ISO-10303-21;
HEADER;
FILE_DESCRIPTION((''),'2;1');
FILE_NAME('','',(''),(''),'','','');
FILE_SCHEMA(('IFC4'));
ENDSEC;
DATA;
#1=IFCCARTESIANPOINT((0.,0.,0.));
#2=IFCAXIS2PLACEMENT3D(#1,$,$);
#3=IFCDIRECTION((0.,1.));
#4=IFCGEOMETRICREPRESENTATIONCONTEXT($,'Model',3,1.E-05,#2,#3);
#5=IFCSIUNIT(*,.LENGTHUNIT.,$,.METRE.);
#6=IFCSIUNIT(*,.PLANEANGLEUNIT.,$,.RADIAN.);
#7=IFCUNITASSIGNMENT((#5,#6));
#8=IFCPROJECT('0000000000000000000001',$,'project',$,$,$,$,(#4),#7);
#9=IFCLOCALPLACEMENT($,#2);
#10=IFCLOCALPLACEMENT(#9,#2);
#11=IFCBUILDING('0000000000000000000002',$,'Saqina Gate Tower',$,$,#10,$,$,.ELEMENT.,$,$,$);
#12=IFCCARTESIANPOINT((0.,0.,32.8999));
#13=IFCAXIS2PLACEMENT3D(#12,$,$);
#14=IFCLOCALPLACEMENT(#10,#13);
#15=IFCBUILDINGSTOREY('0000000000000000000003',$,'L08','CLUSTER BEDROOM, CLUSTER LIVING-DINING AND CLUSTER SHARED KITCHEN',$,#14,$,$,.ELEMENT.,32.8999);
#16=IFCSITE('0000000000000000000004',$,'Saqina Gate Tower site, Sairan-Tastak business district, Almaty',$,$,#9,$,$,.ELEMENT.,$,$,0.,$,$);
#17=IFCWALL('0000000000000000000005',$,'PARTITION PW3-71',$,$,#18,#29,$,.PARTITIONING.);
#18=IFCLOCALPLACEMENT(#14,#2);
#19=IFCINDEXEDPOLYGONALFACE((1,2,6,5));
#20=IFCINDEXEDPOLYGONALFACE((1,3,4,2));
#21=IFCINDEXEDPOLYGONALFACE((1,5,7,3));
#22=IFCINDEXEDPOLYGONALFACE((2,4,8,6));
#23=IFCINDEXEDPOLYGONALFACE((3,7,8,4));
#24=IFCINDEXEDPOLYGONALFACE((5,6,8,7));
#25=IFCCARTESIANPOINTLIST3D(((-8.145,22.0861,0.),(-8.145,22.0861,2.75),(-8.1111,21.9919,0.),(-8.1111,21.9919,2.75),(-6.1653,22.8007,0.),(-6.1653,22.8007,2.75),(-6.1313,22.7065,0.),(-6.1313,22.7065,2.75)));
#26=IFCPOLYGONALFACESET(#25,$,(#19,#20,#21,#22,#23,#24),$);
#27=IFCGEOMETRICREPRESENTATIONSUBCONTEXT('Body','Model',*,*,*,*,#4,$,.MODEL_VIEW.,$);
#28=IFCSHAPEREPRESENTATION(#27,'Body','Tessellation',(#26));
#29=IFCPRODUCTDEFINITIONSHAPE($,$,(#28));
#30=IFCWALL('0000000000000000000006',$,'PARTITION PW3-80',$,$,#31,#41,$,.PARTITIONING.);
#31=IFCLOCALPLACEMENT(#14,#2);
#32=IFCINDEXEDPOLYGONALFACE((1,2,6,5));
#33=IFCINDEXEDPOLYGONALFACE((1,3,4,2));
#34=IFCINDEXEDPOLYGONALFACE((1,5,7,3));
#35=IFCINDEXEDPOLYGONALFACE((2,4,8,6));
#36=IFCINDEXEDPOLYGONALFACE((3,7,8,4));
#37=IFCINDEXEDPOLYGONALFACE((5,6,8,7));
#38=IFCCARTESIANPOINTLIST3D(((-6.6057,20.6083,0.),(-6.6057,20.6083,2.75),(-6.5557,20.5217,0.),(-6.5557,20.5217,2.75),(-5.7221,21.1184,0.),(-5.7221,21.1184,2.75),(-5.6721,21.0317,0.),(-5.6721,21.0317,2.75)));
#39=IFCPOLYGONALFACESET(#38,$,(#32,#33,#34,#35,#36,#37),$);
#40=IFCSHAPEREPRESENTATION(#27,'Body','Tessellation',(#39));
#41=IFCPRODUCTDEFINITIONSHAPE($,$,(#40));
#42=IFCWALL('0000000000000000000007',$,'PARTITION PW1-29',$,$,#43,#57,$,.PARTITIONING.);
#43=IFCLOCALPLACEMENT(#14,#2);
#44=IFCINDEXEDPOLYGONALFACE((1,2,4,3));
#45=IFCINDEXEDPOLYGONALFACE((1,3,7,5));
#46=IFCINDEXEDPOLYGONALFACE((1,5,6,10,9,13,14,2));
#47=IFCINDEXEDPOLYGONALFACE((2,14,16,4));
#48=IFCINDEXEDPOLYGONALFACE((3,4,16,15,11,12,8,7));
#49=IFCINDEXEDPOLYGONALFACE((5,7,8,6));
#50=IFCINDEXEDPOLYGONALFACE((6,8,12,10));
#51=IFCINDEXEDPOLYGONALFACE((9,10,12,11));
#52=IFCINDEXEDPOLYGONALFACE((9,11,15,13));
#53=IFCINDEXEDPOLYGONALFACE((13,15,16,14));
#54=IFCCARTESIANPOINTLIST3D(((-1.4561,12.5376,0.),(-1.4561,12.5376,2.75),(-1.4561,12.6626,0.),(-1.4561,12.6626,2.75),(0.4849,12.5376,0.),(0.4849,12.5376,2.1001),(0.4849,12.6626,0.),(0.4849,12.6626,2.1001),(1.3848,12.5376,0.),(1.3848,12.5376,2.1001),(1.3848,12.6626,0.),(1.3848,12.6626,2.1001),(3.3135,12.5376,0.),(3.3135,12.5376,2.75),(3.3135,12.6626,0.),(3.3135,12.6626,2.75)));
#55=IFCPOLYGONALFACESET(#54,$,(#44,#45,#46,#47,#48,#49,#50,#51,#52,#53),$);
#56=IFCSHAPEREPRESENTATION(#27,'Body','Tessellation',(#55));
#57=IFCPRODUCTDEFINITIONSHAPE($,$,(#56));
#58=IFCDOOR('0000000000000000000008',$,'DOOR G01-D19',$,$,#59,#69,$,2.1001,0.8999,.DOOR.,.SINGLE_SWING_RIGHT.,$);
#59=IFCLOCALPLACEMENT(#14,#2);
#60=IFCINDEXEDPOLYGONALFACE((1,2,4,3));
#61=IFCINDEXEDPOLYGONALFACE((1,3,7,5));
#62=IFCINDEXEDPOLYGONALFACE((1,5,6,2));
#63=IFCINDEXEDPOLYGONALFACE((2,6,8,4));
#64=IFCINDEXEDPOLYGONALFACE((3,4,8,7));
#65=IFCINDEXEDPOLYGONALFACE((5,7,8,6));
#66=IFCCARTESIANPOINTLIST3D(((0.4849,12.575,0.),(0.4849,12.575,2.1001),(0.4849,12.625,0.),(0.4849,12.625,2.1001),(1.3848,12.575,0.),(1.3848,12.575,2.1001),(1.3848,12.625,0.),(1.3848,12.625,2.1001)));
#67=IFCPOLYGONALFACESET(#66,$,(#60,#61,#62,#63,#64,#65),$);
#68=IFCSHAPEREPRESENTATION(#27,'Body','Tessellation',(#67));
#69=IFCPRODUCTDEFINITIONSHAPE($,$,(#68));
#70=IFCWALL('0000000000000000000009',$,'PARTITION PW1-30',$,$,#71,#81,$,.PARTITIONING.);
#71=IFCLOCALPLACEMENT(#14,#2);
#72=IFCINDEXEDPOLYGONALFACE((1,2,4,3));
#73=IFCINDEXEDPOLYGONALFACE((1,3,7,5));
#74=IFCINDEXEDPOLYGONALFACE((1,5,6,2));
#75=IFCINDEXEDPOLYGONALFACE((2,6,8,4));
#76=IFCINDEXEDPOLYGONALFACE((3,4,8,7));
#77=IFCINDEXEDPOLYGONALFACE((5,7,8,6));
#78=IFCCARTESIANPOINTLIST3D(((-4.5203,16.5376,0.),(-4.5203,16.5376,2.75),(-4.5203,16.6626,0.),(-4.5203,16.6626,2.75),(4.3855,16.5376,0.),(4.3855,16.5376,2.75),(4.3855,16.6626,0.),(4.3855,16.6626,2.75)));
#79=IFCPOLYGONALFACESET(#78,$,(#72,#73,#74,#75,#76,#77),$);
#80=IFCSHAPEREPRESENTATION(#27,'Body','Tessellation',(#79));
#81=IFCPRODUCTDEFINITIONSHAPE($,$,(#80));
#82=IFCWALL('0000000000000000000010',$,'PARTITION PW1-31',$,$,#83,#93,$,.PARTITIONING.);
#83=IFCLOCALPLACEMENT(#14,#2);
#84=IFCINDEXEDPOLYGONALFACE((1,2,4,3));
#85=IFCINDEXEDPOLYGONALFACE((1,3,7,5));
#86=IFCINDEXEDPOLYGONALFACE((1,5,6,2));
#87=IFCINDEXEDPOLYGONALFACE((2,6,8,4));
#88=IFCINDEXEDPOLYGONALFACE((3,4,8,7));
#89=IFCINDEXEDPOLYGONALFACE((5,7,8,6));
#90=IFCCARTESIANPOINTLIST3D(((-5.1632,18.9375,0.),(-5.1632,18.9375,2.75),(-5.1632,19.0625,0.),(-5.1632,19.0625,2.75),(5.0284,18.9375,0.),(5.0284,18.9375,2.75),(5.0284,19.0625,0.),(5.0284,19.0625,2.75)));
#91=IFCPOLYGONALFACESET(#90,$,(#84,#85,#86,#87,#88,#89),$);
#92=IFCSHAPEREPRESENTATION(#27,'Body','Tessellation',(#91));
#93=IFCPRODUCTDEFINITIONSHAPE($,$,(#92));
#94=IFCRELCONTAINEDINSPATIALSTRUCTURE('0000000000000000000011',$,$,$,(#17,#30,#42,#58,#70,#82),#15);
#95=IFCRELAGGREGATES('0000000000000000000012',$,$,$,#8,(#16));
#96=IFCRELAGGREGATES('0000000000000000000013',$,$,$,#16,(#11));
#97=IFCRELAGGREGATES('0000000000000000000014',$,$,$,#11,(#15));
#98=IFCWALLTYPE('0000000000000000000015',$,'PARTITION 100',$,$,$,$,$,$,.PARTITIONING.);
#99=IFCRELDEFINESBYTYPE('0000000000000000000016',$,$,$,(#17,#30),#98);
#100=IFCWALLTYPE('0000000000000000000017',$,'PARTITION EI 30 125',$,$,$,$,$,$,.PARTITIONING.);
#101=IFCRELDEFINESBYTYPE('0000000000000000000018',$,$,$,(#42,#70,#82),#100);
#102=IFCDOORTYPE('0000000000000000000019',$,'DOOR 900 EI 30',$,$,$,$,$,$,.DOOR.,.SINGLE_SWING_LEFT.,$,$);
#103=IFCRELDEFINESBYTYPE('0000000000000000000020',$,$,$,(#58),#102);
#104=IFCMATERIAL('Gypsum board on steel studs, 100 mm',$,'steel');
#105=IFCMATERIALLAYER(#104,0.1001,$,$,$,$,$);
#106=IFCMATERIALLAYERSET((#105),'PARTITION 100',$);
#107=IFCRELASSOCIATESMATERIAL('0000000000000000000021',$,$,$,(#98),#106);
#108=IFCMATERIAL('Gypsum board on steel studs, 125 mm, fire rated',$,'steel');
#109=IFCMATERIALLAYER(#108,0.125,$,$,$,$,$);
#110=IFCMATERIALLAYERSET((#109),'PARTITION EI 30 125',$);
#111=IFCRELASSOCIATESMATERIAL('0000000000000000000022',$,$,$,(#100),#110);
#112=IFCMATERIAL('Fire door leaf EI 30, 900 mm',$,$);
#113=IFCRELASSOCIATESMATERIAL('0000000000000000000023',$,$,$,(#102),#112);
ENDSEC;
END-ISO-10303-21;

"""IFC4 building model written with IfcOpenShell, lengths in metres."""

from ifc_helpers import new_model, si_unit, direction, frame, frame_2d, origin, place, context, subcontext, project, spatial, rectangle, extrude, material, layer, layer_set, type_object, element, fill, save


model = new_model("IFC4")

# Units and contexts
model_context = context("Model", 3, precision=1e-05, world=origin(), true_north=direction((0.0, 1.0)))
body_context = subcontext(model_context, "Body", "Model", "MODEL_VIEW")
ifc_project = project(units=[si_unit("LENGTHUNIT", "METRE"), si_unit("PLANEANGLEUNIT", "RADIAN")], contexts=[model_context])

# Site, building, storey
site_placement = place(None, origin())
site = spatial("IfcSite", under=ifc_project, at=site_placement, Name="Saqina Gate Tower site, Sairan-Tastak business district, Almaty", CompositionType="ELEMENT", RefElevation=0.0)
building_placement = place(site_placement, origin())
building = spatial("IfcBuilding", under=site, at=building_placement, Name="Saqina Gate Tower", CompositionType="ELEMENT")
storey_placement = place(building_placement, frame((0.0, 0.0, 32.8999)))
storey = spatial("IfcBuildingStorey", under=building, at=storey_placement, Name="L08", Description="CLUSTER BEDROOM, CLUSTER LIVING-DINING AND CLUSTER SHARED KITCHEN", CompositionType="ELEMENT", Elevation=32.8999)

# Shared definitions
ifc_material_1 = material(Name="Gypsum board on steel studs, 100 mm", Category="steel")
ifc_layer_1 = layer(ifc_material_1, 0.1001)
ifc_layer_set_1 = layer_set([ifc_layer_1], Name="PARTITION 100")
wall_type_1 = type_object("IfcWallType", Name="PARTITION 100", PredefinedType="PARTITIONING", material=ifc_layer_set_1)

# Walls
wall_1_placement = place(storey_placement, frame((-8.1279, 22.0391, 0.0), z_axis=(0.0, 0.0, 1.0), x_axis=(0.9406, 0.339516, 0.0)))
element("IfcWall", 1, at=wall_1_placement, inside=storey, type_object=wall_type_1, Name="PARTITION PW3-71", PredefinedType="PARTITIONING", context=body_context, shape_type="SweptSolid", body=[
    extrude(rectangle(XDim=2.1047, YDim=0.1001, at=frame_2d((1.0522, 0.0))), origin(), (0.0, 0.0, 1.0), 2.75),
])
wall_2_placement = place(storey_placement, frame((-6.5808, 20.5649, 0.0), z_axis=(0.0, 0.0, 1.0), x_axis=(0.86607, 0.499923, 0.0)))
element("IfcWall", 2, at=wall_2_placement, inside=storey, type_object=wall_type_1, Name="PARTITION PW3-80", PredefinedType="PARTITIONING", context=body_context, shape_type="SweptSolid", body=[
    extrude(rectangle(XDim=1.0203, YDim=0.1001, at=frame_2d((0.5103, 0.0))), origin(), (0.0, 0.0, 1.0), 2.75),
])

# Wall, opening, door
ifc_material_2 = material(Name="Gypsum board on steel studs, 125 mm, fire rated", Category="steel")
ifc_layer_2 = layer(ifc_material_2, 0.125)
ifc_layer_set_2 = layer_set([ifc_layer_2], Name="PARTITION EI 30 125")
wall_type_2 = type_object("IfcWallType", Name="PARTITION EI 30 125", PredefinedType="PARTITIONING", material=ifc_layer_set_2)
wall_3_placement = place(storey_placement, frame((-1.4561, 12.6001, 0.0), z_axis=(0.0, 0.0, 1.0), x_axis=(1.0, 0.0, 0.0)))
wall_3 = element("IfcWall", 3, at=wall_3_placement, inside=storey, type_object=wall_type_2, Name="PARTITION PW1-29", PredefinedType="PARTITIONING", context=body_context, shape_type="SweptSolid", body=[
    extrude(rectangle(XDim=4.7695, YDim=0.125, at=frame_2d((2.3848, 0.0))), origin(), (0.0, 0.0, 1.0), 2.75),
])
opening_1_placement = place(wall_3_placement, frame((1.9409, 0.0, 0.0)))
opening_1 = element("IfcOpeningElement", 4, at=opening_1_placement, cuts=wall_3, PredefinedType="OPENING", context=body_context, shape_type="SweptSolid", body=[
    extrude(rectangle(XDim=0.8999, YDim=2.1001, at=frame_2d((0.45, 1.05))), frame((0.0, 0.0745, 0.0), z_axis=(0.0, -1.0, 0.0), x_axis=(1.0, 0.0, 0.0)), (0.0, 0.0, 1.0), 0.1489),
])
ifc_material_3 = material(Name="Fire door leaf EI 30, 900 mm")
door_type_1 = type_object("IfcDoorType", Name="DOOR 900 EI 30", OperationType="SINGLE_SWING_LEFT", PredefinedType="DOOR", material=ifc_material_3)
door_1_placement = place(opening_1_placement, origin())
door_1 = element("IfcDoor", 5, at=door_1_placement, inside=storey, type_object=door_type_1, Name="DOOR G01-D19", OperationType="SINGLE_SWING_RIGHT", OverallHeight=2.1001, OverallWidth=0.8999, PredefinedType="DOOR", context=body_context, shape_type="SweptSolid", body=[
    extrude(rectangle(XDim=0.8999, YDim=2.1001, at=frame_2d((0.45, 1.05))), frame((0.0, 0.0249, 0.0), z_axis=(0.0, -1.0, 0.0), x_axis=(1.0, 0.0, 0.0)), (0.0, 0.0, 1.0), 0.05),
])
fill(opening_1, door_1)

# Walls
wall_4_placement = place(storey_placement, frame((-4.5203, 16.6001, 0.0), z_axis=(0.0, 0.0, 1.0), x_axis=(1.0, 0.0, 0.0)))
element("IfcWall", 6, at=wall_4_placement, inside=storey, type_object=wall_type_2, Name="PARTITION PW1-30", PredefinedType="PARTITIONING", context=body_context, shape_type="SweptSolid", body=[
    extrude(rectangle(XDim=8.9058, YDim=0.125, at=frame_2d((4.4529, 0.0))), origin(), (0.0, 0.0, 1.0), 2.75),
])
wall_5_placement = place(storey_placement, frame((-5.1631, 19.0, 0.0), z_axis=(0.0, 0.0, 1.0), x_axis=(1.0, 0.0, 0.0)))
element("IfcWall", 7, at=wall_5_placement, inside=storey, type_object=wall_type_2, Name="PARTITION PW1-31", PredefinedType="PARTITIONING", context=body_context, shape_type="SweptSolid", body=[
    extrude(rectangle(XDim=10.1917, YDim=0.125, at=frame_2d((5.0957, 0.0))), origin(), (0.0, 0.0, 1.0), 2.75),
])

save(model, "model.ifc")
